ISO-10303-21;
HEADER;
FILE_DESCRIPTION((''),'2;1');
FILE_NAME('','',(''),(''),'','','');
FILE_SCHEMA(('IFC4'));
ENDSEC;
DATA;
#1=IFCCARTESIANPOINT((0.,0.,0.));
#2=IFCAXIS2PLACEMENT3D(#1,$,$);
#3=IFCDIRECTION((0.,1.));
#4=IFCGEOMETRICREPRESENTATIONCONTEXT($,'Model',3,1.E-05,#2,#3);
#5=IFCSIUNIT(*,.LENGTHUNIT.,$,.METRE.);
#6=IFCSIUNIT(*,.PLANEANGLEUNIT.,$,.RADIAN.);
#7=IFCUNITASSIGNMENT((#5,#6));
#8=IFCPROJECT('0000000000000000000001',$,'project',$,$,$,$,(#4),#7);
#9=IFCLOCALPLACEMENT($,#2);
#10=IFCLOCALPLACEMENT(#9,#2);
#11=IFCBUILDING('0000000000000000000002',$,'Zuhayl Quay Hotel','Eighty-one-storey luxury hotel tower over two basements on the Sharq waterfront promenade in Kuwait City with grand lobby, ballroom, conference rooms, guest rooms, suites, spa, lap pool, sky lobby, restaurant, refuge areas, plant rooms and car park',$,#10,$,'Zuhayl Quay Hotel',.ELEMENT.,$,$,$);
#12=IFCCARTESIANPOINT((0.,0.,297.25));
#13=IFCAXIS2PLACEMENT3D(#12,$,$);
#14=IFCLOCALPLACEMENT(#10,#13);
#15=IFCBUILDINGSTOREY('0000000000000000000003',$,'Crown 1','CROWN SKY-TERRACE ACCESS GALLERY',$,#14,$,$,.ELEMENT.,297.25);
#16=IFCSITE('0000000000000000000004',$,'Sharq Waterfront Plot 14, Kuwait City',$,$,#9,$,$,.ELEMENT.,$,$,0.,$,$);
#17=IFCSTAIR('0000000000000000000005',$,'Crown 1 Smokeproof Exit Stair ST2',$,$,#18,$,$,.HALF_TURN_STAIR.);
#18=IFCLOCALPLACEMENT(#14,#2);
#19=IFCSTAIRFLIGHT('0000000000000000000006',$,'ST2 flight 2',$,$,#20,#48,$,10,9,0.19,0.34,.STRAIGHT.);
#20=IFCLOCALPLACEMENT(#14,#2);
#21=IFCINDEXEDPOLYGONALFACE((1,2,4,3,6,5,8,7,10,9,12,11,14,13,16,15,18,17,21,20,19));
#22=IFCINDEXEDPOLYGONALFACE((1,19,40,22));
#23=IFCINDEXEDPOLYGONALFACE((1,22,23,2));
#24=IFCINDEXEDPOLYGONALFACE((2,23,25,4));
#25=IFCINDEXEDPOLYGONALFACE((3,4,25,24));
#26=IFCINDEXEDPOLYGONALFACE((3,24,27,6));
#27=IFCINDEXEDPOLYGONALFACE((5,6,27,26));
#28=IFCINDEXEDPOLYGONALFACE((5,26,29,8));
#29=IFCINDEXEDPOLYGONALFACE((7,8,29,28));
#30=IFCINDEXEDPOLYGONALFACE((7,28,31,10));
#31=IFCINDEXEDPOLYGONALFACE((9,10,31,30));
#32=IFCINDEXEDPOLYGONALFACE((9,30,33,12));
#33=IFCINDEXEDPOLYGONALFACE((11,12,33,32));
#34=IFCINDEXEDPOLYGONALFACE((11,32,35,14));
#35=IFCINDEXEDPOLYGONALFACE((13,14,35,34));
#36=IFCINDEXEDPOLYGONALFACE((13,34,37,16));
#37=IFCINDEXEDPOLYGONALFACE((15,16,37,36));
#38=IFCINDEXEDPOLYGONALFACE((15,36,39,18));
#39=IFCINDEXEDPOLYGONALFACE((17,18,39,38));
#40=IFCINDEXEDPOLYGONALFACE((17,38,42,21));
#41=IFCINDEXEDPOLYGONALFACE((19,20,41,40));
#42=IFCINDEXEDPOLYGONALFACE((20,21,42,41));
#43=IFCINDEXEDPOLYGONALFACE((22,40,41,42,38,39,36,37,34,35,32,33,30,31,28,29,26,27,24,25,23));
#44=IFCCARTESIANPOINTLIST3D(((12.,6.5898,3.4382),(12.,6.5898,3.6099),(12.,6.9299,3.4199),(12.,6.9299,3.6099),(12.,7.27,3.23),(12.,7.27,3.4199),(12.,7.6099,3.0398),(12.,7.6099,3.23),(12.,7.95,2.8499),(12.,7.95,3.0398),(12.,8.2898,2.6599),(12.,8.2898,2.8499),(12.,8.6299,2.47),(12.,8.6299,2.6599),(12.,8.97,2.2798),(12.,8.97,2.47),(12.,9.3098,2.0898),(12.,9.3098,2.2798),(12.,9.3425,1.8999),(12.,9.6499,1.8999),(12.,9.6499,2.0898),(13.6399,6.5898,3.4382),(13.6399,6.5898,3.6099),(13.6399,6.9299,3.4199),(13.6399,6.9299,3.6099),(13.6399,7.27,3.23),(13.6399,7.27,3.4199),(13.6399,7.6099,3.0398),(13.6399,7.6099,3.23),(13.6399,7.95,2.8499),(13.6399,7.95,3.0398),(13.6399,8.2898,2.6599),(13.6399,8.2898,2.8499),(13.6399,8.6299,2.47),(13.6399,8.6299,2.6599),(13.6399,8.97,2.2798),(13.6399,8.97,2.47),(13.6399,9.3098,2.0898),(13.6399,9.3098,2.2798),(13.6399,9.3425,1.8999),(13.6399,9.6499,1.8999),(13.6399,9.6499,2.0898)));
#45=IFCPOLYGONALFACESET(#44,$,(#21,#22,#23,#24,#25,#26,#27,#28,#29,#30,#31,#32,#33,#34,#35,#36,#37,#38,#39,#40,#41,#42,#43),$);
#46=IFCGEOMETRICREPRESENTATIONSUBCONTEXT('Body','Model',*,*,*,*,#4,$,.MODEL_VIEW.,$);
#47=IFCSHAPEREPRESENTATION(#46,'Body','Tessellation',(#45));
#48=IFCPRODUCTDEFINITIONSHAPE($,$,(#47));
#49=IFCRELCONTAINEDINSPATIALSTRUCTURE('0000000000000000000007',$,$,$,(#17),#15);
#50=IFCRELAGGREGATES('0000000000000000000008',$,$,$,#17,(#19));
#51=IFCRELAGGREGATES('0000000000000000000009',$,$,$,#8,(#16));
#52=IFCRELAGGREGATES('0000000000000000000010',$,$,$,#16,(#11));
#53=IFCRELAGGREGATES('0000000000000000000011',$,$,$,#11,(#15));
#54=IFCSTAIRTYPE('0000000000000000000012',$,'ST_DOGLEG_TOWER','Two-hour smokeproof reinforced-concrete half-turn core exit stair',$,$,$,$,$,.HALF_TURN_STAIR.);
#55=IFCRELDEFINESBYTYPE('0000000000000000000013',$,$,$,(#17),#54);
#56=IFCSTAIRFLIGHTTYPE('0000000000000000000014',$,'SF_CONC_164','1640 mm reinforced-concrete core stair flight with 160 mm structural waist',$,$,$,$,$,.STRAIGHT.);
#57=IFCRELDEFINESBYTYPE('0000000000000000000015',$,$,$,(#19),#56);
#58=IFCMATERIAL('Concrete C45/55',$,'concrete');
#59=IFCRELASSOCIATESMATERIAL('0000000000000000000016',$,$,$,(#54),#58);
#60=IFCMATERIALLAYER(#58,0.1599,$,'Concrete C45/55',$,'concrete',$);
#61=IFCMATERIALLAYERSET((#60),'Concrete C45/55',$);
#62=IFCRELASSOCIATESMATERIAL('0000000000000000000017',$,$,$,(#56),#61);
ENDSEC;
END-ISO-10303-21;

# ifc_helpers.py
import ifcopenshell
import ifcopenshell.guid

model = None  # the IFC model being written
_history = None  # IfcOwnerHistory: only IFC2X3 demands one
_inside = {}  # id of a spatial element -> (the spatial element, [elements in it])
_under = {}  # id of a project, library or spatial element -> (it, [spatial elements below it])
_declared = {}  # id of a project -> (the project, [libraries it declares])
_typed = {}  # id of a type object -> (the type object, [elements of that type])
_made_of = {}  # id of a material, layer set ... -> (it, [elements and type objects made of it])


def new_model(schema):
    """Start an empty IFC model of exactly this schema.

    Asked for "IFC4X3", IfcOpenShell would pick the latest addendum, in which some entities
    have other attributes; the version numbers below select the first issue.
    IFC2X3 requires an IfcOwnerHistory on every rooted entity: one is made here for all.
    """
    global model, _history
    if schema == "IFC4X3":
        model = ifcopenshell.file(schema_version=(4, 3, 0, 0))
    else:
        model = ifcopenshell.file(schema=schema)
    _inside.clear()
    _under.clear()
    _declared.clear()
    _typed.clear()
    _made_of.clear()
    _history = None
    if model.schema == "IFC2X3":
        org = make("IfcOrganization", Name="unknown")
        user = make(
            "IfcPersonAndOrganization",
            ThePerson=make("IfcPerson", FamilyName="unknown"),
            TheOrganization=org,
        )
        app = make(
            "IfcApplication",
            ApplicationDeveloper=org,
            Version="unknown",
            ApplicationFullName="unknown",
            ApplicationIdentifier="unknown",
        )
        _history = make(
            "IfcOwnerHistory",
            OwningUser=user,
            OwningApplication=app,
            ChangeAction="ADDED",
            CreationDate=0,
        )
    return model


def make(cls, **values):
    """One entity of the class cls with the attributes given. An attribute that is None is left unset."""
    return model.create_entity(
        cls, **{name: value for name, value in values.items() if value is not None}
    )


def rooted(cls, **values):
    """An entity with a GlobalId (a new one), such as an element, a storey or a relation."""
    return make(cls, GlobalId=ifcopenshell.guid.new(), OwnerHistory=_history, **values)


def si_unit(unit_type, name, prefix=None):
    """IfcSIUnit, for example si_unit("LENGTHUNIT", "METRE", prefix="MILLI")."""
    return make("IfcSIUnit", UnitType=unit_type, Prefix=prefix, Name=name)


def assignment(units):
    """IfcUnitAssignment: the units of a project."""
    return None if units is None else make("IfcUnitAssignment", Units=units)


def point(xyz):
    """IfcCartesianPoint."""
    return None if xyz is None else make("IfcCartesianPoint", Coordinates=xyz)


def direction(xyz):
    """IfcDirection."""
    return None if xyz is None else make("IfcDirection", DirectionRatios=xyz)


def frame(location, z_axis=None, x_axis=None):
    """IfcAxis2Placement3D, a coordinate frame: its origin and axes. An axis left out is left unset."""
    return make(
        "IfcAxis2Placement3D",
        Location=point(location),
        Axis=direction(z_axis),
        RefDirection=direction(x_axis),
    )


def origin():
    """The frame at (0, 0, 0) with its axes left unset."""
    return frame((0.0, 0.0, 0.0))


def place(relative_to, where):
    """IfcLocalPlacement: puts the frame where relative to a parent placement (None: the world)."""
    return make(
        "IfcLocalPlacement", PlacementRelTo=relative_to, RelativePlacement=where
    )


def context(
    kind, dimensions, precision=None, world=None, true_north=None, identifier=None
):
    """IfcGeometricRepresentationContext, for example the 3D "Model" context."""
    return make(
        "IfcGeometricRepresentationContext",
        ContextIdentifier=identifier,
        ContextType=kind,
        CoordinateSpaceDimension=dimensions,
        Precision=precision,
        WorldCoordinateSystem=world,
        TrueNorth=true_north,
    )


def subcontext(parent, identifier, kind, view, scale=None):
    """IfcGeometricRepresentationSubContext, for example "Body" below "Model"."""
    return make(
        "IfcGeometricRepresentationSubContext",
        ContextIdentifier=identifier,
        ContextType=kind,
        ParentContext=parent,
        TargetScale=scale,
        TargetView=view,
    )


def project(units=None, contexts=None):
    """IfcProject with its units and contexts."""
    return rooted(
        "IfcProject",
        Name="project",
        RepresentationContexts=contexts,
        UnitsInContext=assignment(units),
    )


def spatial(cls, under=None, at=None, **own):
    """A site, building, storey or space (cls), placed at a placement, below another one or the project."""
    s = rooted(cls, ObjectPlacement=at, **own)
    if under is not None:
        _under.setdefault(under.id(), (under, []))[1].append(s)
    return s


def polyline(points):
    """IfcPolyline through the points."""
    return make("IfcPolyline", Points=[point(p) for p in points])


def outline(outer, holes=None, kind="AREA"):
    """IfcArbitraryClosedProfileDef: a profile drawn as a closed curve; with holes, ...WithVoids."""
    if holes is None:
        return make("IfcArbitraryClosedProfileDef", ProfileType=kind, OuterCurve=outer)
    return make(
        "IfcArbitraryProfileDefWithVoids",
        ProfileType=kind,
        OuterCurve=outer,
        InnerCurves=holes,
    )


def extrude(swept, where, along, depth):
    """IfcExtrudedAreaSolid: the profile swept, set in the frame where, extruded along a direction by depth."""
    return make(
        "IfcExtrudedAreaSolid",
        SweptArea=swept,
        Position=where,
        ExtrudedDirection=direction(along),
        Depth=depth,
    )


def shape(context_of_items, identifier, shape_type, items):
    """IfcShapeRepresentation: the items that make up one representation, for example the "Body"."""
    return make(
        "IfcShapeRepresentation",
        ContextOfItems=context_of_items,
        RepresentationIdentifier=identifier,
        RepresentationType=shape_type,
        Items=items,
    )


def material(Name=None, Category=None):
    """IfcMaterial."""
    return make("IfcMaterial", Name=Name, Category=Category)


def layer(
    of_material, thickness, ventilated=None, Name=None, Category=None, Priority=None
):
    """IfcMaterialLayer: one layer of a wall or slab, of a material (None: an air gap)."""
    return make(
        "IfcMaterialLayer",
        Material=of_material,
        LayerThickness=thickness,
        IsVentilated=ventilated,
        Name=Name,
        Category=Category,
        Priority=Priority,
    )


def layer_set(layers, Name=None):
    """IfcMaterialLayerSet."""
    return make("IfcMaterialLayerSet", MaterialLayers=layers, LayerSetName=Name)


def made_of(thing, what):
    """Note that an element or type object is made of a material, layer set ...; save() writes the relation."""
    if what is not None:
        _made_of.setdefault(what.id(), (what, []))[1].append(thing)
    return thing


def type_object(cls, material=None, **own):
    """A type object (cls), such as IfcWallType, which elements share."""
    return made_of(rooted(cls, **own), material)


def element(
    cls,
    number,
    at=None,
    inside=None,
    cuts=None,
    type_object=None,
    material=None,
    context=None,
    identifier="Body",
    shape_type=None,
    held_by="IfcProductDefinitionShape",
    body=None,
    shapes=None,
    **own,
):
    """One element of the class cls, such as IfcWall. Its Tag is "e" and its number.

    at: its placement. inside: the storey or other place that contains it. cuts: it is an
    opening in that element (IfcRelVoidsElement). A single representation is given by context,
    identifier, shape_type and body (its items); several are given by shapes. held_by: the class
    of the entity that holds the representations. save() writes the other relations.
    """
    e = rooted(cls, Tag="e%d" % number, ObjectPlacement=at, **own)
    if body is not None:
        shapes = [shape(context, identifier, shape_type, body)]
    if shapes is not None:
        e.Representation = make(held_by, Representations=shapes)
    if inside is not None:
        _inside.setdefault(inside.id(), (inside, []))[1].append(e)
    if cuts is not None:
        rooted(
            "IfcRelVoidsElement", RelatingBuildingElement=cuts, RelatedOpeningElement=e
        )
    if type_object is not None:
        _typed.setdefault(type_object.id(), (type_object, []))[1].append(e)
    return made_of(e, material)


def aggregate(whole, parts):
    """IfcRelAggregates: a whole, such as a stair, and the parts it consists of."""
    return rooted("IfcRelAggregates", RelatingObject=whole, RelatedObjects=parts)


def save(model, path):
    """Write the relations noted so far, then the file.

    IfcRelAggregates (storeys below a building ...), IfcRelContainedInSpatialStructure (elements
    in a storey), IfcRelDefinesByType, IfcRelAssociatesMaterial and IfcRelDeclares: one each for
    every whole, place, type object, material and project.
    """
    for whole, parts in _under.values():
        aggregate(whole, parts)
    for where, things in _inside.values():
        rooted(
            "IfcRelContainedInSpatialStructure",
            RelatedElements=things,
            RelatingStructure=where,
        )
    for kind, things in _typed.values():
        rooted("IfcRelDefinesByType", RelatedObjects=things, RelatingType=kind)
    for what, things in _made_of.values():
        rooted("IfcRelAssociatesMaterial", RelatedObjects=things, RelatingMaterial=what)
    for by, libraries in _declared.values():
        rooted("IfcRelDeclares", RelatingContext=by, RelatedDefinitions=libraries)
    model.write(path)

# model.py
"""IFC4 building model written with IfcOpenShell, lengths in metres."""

from ifc_helpers import new_model, si_unit, direction, frame, origin, place, context, subcontext, project, spatial, polyline, outline, extrude, material, layer, layer_set, type_object, element, aggregate, save


model = new_model("IFC4")

# Units and contexts
model_context = context("Model", 3, precision=1e-05, world=origin(), true_north=direction((0.0, 1.0)))
body_context = subcontext(model_context, "Body", "Model", "MODEL_VIEW")
ifc_project = project(units=[si_unit("LENGTHUNIT", "METRE"), si_unit("PLANEANGLEUNIT", "RADIAN")], contexts=[model_context])

# Site, building, storey
site_placement = place(None, origin())
site = spatial("IfcSite", under=ifc_project, at=site_placement, Name="Sharq Waterfront Plot 14, Kuwait City", CompositionType="ELEMENT", RefElevation=0.0)
building_placement = place(site_placement, origin())
building = spatial("IfcBuilding", under=site, at=building_placement, Name="Zuhayl Quay Hotel", Description="Eighty-one-storey luxury hotel tower over two basements on the Sharq waterfront promenade in Kuwait City with grand lobby, ballroom, conference rooms, guest rooms, suites, spa, lap pool, sky lobby, restaurant, refuge areas, plant rooms and car park", LongName="Zuhayl Quay Hotel", CompositionType="ELEMENT")
storey_placement = place(building_placement, frame((0.0, 0.0, 297.25)))
storey = spatial("IfcBuildingStorey", under=building, at=storey_placement, Name="Crown 1", Description="CROWN SKY-TERRACE ACCESS GALLERY", CompositionType="ELEMENT", Elevation=297.25)

# Stair, stair flight
ifc_material_1 = material(Name="Concrete C45/55", Category="concrete")
stair_type = type_object("IfcStairType", Name="ST_DOGLEG_TOWER", Description="Two-hour smokeproof reinforced-concrete half-turn core exit stair", PredefinedType="HALF_TURN_STAIR", material=ifc_material_1)
stair_placement = place(storey_placement, origin())
stair = element("IfcStair", 1, at=stair_placement, inside=storey, type_object=stair_type, Name="Crown 1 Smokeproof Exit Stair ST2", PredefinedType="HALF_TURN_STAIR")
ifc_layer_1 = layer(ifc_material_1, 0.1599, Name="Concrete C45/55", Category="concrete")
ifc_layer_set_1 = layer_set([ifc_layer_1], Name="Concrete C45/55")
stair_flight_type = type_object("IfcStairFlightType", Name="SF_CONC_164", Description="1640 mm reinforced-concrete core stair flight with 160 mm structural waist", PredefinedType="STRAIGHT", material=ifc_layer_set_1)
stair_flight_1_placement = place(storey_placement, frame((12.8201, 9.6499, 1.8999), z_axis=(0.0, 0.0, 1.0), x_axis=(0.0, -1.0, 0.0)))
stair_flight_1 = element("IfcStairFlight", 2, at=stair_flight_1_placement, type_object=stair_flight_type, Name="ST2 flight 2", NumberOfRisers=10, NumberOfTreads=9, PredefinedType="STRAIGHT", RiserHeight=0.19, TreadLength=0.34, context=body_context, shape_type="SweptSolid", body=[
    extrude(outline(polyline([(0.0, 0.0), (0.0, 0.1899), (0.3401, 0.1899), (0.3401, 0.3799), (0.6799, 0.3799), (0.6799, 0.5701), (1.02, 0.5701), (1.02, 0.76), (1.3601, 0.76), (1.3601, 0.95), (1.7, 0.95), (1.7, 1.1399), (2.04, 1.1399), (2.04, 1.3301), (2.3799, 1.3301), (2.3799, 1.52), (2.72, 1.52), (2.72, 1.71), (3.0601, 1.71), (3.0601, 1.8999), (3.0601, 1.5383), (0.3074, 0.0), (0.0, 0.0)])), frame((0.0, 0.8198, 0.0), z_axis=(0.0, -1.0, 0.0), x_axis=(1.0, 0.0, 0.0)), (0.0, 0.0, 1.0), 1.6399),
])
aggregate(stair, [stair_flight_1])

save(model, "model.ifc")
